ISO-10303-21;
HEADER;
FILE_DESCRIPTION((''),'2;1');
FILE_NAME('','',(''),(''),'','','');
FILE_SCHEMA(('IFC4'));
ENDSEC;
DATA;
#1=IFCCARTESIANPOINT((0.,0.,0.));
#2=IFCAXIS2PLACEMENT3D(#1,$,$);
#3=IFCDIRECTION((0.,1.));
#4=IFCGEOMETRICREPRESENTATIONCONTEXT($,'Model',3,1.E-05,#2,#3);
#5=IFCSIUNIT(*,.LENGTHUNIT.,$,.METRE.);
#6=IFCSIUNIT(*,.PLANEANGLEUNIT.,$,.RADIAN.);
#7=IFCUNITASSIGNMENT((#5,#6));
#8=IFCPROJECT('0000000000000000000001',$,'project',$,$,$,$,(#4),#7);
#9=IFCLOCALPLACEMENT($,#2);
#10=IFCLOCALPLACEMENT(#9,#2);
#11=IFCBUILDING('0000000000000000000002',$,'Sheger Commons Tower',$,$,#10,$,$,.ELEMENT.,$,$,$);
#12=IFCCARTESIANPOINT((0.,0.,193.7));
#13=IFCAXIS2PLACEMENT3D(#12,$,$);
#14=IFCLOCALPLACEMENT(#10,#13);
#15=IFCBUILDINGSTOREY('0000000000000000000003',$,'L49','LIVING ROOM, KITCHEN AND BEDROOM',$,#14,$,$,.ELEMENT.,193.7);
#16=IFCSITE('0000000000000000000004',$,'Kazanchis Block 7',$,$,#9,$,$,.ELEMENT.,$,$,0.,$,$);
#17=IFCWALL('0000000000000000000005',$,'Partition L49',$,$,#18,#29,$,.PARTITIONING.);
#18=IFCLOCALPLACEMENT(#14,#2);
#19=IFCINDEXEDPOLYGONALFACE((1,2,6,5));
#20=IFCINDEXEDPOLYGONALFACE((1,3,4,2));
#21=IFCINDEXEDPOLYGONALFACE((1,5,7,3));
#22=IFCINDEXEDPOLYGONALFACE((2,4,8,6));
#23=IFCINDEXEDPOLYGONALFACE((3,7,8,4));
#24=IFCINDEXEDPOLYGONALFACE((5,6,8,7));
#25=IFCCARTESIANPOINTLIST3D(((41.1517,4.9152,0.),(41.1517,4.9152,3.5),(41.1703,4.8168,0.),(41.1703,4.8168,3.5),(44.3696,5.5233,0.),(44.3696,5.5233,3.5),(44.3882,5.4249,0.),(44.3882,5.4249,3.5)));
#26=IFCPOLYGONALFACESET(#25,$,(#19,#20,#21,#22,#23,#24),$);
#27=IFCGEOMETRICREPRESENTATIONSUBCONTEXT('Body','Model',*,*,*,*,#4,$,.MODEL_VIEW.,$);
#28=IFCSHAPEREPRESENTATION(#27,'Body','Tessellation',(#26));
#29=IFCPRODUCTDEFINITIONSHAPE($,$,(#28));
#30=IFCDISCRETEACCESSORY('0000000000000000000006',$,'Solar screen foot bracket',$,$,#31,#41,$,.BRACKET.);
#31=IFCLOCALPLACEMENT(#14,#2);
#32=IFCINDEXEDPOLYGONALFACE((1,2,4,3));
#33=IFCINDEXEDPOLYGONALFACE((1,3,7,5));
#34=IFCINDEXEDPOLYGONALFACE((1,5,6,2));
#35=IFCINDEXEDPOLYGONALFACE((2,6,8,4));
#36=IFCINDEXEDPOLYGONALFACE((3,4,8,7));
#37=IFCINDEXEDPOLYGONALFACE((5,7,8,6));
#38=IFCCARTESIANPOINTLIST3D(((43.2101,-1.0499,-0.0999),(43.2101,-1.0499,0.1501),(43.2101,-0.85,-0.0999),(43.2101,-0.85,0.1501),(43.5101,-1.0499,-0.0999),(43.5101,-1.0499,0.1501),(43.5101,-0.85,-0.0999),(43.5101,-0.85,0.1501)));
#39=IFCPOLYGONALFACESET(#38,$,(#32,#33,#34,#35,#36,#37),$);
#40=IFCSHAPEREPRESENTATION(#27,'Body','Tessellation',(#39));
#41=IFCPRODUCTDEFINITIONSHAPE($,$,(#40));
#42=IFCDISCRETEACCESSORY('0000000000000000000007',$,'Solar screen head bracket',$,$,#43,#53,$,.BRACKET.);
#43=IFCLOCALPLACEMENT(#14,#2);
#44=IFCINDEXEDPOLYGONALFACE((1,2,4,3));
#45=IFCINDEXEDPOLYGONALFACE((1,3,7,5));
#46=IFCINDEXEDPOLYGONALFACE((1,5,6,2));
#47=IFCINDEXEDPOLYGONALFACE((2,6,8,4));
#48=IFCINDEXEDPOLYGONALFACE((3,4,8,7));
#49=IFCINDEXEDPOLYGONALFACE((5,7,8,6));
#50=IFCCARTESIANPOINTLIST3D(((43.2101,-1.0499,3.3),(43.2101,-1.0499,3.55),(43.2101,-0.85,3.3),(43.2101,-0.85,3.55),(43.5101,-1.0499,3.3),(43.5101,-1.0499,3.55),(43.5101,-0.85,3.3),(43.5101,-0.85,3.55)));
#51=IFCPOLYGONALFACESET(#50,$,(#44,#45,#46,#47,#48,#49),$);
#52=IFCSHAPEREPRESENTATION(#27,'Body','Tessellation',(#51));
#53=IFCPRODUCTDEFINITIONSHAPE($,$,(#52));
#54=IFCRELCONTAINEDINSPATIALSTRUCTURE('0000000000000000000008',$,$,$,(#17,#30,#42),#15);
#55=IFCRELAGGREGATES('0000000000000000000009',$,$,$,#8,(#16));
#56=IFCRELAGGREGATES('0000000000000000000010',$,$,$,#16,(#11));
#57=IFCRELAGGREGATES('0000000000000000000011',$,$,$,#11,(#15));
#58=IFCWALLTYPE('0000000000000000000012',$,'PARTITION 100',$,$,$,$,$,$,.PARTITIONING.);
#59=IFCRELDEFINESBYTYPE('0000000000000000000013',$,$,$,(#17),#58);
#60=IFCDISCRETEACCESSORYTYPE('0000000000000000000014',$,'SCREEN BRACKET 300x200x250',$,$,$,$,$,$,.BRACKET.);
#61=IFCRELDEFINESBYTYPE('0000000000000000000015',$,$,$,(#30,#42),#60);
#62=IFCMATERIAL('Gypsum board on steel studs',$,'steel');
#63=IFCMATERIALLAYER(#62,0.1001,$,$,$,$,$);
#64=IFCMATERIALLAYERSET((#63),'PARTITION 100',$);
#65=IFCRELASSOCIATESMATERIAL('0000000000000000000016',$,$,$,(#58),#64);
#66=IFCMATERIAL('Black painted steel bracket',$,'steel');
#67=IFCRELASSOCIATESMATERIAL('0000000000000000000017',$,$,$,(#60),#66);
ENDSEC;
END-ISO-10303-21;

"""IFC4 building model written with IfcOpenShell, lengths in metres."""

from ifc_helpers import new_model, si_unit, direction, frame, frame_2d, origin, origin_2d, place, context, subcontext, project, spatial, rectangle, extrude, material, layer, layer_set, type_object, element, save


model = new_model("IFC4")

# Units and contexts
model_context = context("Model", 3, precision=1e-05, world=origin(), true_north=direction((0.0, 1.0)))
body_context = subcontext(model_context, "Body", "Model", "MODEL_VIEW")
ifc_project = project(units=[si_unit("LENGTHUNIT", "METRE"), si_unit("PLANEANGLEUNIT", "RADIAN")], contexts=[model_context])

# Site, building, storey
site_placement = place(None, origin())
site = spatial("IfcSite", under=ifc_project, at=site_placement, Name="Kazanchis Block 7", CompositionType="ELEMENT", RefElevation=0.0)
building_placement = place(site_placement, origin())
building = spatial("IfcBuilding", under=site, at=building_placement, Name="Sheger Commons Tower", CompositionType="ELEMENT")
storey_placement = place(building_placement, frame((0.0, 0.0, 193.7)))
storey = spatial("IfcBuildingStorey", under=building, at=storey_placement, Name="L49", Description="LIVING ROOM, KITCHEN AND BEDROOM", CompositionType="ELEMENT", Elevation=193.7)

# Shared definitions
ifc_material_1 = material(Name="Gypsum board on steel studs", Category="steel")
ifc_layer_1 = layer(ifc_material_1, 0.1001)
ifc_layer_set_1 = layer_set([ifc_layer_1], Name="PARTITION 100")
wall_type_1 = type_object("IfcWallType", Name="PARTITION 100", PredefinedType="PARTITIONING", material=ifc_layer_set_1)

# Wall
wall_1_placement = place(storey_placement, frame((44.3789, 5.4741, 0.0), z_axis=(0.0, 0.0, 1.0), x_axis=(-0.982607, -0.185697, 0.0)))
element("IfcWall", 1, at=wall_1_placement, inside=storey, type_object=wall_type_1, Name="Partition L49", PredefinedType="PARTITIONING", context=body_context, shape_type="SweptSolid", body=[
    extrude(rectangle(XDim=3.2749, YDim=0.1001, at=frame_2d((1.6375, 0.0))), origin(), (0.0, 0.0, 1.0), 3.5),
])

# Discrete accessories
ifc_material_2 = material(Name="Black painted steel bracket", Category="steel")
discrete_accessory_type = type_object("IfcDiscreteAccessoryType", Name="SCREEN BRACKET 300x200x250", PredefinedType="BRACKET", material=ifc_material_2)
for number, where, z_axis, x_axis, name in (
    (2, (43.3601, -0.95, -0.0999), (0.0, 0.0, 1.0), (1.0, 0.0, 0.0), "Solar screen foot bracket"),
    (3, (43.3601, -0.95, 3.3), (0.0, 0.0, 1.0), (1.0, 0.0, 0.0), "Solar screen head bracket"),
):
    element("IfcDiscreteAccessory", number, at=place(storey_placement, frame(where, z_axis=z_axis, x_axis=x_axis)), inside=storey, type_object=discrete_accessory_type, Name=name, PredefinedType="BRACKET", context=body_context, shape_type="SweptSolid", body=[
        extrude(rectangle(XDim=0.3, YDim=0.2, at=origin_2d()), origin(), (0.0, 0.0, 1.0), 0.25),
    ])

save(model, "model.ifc")
